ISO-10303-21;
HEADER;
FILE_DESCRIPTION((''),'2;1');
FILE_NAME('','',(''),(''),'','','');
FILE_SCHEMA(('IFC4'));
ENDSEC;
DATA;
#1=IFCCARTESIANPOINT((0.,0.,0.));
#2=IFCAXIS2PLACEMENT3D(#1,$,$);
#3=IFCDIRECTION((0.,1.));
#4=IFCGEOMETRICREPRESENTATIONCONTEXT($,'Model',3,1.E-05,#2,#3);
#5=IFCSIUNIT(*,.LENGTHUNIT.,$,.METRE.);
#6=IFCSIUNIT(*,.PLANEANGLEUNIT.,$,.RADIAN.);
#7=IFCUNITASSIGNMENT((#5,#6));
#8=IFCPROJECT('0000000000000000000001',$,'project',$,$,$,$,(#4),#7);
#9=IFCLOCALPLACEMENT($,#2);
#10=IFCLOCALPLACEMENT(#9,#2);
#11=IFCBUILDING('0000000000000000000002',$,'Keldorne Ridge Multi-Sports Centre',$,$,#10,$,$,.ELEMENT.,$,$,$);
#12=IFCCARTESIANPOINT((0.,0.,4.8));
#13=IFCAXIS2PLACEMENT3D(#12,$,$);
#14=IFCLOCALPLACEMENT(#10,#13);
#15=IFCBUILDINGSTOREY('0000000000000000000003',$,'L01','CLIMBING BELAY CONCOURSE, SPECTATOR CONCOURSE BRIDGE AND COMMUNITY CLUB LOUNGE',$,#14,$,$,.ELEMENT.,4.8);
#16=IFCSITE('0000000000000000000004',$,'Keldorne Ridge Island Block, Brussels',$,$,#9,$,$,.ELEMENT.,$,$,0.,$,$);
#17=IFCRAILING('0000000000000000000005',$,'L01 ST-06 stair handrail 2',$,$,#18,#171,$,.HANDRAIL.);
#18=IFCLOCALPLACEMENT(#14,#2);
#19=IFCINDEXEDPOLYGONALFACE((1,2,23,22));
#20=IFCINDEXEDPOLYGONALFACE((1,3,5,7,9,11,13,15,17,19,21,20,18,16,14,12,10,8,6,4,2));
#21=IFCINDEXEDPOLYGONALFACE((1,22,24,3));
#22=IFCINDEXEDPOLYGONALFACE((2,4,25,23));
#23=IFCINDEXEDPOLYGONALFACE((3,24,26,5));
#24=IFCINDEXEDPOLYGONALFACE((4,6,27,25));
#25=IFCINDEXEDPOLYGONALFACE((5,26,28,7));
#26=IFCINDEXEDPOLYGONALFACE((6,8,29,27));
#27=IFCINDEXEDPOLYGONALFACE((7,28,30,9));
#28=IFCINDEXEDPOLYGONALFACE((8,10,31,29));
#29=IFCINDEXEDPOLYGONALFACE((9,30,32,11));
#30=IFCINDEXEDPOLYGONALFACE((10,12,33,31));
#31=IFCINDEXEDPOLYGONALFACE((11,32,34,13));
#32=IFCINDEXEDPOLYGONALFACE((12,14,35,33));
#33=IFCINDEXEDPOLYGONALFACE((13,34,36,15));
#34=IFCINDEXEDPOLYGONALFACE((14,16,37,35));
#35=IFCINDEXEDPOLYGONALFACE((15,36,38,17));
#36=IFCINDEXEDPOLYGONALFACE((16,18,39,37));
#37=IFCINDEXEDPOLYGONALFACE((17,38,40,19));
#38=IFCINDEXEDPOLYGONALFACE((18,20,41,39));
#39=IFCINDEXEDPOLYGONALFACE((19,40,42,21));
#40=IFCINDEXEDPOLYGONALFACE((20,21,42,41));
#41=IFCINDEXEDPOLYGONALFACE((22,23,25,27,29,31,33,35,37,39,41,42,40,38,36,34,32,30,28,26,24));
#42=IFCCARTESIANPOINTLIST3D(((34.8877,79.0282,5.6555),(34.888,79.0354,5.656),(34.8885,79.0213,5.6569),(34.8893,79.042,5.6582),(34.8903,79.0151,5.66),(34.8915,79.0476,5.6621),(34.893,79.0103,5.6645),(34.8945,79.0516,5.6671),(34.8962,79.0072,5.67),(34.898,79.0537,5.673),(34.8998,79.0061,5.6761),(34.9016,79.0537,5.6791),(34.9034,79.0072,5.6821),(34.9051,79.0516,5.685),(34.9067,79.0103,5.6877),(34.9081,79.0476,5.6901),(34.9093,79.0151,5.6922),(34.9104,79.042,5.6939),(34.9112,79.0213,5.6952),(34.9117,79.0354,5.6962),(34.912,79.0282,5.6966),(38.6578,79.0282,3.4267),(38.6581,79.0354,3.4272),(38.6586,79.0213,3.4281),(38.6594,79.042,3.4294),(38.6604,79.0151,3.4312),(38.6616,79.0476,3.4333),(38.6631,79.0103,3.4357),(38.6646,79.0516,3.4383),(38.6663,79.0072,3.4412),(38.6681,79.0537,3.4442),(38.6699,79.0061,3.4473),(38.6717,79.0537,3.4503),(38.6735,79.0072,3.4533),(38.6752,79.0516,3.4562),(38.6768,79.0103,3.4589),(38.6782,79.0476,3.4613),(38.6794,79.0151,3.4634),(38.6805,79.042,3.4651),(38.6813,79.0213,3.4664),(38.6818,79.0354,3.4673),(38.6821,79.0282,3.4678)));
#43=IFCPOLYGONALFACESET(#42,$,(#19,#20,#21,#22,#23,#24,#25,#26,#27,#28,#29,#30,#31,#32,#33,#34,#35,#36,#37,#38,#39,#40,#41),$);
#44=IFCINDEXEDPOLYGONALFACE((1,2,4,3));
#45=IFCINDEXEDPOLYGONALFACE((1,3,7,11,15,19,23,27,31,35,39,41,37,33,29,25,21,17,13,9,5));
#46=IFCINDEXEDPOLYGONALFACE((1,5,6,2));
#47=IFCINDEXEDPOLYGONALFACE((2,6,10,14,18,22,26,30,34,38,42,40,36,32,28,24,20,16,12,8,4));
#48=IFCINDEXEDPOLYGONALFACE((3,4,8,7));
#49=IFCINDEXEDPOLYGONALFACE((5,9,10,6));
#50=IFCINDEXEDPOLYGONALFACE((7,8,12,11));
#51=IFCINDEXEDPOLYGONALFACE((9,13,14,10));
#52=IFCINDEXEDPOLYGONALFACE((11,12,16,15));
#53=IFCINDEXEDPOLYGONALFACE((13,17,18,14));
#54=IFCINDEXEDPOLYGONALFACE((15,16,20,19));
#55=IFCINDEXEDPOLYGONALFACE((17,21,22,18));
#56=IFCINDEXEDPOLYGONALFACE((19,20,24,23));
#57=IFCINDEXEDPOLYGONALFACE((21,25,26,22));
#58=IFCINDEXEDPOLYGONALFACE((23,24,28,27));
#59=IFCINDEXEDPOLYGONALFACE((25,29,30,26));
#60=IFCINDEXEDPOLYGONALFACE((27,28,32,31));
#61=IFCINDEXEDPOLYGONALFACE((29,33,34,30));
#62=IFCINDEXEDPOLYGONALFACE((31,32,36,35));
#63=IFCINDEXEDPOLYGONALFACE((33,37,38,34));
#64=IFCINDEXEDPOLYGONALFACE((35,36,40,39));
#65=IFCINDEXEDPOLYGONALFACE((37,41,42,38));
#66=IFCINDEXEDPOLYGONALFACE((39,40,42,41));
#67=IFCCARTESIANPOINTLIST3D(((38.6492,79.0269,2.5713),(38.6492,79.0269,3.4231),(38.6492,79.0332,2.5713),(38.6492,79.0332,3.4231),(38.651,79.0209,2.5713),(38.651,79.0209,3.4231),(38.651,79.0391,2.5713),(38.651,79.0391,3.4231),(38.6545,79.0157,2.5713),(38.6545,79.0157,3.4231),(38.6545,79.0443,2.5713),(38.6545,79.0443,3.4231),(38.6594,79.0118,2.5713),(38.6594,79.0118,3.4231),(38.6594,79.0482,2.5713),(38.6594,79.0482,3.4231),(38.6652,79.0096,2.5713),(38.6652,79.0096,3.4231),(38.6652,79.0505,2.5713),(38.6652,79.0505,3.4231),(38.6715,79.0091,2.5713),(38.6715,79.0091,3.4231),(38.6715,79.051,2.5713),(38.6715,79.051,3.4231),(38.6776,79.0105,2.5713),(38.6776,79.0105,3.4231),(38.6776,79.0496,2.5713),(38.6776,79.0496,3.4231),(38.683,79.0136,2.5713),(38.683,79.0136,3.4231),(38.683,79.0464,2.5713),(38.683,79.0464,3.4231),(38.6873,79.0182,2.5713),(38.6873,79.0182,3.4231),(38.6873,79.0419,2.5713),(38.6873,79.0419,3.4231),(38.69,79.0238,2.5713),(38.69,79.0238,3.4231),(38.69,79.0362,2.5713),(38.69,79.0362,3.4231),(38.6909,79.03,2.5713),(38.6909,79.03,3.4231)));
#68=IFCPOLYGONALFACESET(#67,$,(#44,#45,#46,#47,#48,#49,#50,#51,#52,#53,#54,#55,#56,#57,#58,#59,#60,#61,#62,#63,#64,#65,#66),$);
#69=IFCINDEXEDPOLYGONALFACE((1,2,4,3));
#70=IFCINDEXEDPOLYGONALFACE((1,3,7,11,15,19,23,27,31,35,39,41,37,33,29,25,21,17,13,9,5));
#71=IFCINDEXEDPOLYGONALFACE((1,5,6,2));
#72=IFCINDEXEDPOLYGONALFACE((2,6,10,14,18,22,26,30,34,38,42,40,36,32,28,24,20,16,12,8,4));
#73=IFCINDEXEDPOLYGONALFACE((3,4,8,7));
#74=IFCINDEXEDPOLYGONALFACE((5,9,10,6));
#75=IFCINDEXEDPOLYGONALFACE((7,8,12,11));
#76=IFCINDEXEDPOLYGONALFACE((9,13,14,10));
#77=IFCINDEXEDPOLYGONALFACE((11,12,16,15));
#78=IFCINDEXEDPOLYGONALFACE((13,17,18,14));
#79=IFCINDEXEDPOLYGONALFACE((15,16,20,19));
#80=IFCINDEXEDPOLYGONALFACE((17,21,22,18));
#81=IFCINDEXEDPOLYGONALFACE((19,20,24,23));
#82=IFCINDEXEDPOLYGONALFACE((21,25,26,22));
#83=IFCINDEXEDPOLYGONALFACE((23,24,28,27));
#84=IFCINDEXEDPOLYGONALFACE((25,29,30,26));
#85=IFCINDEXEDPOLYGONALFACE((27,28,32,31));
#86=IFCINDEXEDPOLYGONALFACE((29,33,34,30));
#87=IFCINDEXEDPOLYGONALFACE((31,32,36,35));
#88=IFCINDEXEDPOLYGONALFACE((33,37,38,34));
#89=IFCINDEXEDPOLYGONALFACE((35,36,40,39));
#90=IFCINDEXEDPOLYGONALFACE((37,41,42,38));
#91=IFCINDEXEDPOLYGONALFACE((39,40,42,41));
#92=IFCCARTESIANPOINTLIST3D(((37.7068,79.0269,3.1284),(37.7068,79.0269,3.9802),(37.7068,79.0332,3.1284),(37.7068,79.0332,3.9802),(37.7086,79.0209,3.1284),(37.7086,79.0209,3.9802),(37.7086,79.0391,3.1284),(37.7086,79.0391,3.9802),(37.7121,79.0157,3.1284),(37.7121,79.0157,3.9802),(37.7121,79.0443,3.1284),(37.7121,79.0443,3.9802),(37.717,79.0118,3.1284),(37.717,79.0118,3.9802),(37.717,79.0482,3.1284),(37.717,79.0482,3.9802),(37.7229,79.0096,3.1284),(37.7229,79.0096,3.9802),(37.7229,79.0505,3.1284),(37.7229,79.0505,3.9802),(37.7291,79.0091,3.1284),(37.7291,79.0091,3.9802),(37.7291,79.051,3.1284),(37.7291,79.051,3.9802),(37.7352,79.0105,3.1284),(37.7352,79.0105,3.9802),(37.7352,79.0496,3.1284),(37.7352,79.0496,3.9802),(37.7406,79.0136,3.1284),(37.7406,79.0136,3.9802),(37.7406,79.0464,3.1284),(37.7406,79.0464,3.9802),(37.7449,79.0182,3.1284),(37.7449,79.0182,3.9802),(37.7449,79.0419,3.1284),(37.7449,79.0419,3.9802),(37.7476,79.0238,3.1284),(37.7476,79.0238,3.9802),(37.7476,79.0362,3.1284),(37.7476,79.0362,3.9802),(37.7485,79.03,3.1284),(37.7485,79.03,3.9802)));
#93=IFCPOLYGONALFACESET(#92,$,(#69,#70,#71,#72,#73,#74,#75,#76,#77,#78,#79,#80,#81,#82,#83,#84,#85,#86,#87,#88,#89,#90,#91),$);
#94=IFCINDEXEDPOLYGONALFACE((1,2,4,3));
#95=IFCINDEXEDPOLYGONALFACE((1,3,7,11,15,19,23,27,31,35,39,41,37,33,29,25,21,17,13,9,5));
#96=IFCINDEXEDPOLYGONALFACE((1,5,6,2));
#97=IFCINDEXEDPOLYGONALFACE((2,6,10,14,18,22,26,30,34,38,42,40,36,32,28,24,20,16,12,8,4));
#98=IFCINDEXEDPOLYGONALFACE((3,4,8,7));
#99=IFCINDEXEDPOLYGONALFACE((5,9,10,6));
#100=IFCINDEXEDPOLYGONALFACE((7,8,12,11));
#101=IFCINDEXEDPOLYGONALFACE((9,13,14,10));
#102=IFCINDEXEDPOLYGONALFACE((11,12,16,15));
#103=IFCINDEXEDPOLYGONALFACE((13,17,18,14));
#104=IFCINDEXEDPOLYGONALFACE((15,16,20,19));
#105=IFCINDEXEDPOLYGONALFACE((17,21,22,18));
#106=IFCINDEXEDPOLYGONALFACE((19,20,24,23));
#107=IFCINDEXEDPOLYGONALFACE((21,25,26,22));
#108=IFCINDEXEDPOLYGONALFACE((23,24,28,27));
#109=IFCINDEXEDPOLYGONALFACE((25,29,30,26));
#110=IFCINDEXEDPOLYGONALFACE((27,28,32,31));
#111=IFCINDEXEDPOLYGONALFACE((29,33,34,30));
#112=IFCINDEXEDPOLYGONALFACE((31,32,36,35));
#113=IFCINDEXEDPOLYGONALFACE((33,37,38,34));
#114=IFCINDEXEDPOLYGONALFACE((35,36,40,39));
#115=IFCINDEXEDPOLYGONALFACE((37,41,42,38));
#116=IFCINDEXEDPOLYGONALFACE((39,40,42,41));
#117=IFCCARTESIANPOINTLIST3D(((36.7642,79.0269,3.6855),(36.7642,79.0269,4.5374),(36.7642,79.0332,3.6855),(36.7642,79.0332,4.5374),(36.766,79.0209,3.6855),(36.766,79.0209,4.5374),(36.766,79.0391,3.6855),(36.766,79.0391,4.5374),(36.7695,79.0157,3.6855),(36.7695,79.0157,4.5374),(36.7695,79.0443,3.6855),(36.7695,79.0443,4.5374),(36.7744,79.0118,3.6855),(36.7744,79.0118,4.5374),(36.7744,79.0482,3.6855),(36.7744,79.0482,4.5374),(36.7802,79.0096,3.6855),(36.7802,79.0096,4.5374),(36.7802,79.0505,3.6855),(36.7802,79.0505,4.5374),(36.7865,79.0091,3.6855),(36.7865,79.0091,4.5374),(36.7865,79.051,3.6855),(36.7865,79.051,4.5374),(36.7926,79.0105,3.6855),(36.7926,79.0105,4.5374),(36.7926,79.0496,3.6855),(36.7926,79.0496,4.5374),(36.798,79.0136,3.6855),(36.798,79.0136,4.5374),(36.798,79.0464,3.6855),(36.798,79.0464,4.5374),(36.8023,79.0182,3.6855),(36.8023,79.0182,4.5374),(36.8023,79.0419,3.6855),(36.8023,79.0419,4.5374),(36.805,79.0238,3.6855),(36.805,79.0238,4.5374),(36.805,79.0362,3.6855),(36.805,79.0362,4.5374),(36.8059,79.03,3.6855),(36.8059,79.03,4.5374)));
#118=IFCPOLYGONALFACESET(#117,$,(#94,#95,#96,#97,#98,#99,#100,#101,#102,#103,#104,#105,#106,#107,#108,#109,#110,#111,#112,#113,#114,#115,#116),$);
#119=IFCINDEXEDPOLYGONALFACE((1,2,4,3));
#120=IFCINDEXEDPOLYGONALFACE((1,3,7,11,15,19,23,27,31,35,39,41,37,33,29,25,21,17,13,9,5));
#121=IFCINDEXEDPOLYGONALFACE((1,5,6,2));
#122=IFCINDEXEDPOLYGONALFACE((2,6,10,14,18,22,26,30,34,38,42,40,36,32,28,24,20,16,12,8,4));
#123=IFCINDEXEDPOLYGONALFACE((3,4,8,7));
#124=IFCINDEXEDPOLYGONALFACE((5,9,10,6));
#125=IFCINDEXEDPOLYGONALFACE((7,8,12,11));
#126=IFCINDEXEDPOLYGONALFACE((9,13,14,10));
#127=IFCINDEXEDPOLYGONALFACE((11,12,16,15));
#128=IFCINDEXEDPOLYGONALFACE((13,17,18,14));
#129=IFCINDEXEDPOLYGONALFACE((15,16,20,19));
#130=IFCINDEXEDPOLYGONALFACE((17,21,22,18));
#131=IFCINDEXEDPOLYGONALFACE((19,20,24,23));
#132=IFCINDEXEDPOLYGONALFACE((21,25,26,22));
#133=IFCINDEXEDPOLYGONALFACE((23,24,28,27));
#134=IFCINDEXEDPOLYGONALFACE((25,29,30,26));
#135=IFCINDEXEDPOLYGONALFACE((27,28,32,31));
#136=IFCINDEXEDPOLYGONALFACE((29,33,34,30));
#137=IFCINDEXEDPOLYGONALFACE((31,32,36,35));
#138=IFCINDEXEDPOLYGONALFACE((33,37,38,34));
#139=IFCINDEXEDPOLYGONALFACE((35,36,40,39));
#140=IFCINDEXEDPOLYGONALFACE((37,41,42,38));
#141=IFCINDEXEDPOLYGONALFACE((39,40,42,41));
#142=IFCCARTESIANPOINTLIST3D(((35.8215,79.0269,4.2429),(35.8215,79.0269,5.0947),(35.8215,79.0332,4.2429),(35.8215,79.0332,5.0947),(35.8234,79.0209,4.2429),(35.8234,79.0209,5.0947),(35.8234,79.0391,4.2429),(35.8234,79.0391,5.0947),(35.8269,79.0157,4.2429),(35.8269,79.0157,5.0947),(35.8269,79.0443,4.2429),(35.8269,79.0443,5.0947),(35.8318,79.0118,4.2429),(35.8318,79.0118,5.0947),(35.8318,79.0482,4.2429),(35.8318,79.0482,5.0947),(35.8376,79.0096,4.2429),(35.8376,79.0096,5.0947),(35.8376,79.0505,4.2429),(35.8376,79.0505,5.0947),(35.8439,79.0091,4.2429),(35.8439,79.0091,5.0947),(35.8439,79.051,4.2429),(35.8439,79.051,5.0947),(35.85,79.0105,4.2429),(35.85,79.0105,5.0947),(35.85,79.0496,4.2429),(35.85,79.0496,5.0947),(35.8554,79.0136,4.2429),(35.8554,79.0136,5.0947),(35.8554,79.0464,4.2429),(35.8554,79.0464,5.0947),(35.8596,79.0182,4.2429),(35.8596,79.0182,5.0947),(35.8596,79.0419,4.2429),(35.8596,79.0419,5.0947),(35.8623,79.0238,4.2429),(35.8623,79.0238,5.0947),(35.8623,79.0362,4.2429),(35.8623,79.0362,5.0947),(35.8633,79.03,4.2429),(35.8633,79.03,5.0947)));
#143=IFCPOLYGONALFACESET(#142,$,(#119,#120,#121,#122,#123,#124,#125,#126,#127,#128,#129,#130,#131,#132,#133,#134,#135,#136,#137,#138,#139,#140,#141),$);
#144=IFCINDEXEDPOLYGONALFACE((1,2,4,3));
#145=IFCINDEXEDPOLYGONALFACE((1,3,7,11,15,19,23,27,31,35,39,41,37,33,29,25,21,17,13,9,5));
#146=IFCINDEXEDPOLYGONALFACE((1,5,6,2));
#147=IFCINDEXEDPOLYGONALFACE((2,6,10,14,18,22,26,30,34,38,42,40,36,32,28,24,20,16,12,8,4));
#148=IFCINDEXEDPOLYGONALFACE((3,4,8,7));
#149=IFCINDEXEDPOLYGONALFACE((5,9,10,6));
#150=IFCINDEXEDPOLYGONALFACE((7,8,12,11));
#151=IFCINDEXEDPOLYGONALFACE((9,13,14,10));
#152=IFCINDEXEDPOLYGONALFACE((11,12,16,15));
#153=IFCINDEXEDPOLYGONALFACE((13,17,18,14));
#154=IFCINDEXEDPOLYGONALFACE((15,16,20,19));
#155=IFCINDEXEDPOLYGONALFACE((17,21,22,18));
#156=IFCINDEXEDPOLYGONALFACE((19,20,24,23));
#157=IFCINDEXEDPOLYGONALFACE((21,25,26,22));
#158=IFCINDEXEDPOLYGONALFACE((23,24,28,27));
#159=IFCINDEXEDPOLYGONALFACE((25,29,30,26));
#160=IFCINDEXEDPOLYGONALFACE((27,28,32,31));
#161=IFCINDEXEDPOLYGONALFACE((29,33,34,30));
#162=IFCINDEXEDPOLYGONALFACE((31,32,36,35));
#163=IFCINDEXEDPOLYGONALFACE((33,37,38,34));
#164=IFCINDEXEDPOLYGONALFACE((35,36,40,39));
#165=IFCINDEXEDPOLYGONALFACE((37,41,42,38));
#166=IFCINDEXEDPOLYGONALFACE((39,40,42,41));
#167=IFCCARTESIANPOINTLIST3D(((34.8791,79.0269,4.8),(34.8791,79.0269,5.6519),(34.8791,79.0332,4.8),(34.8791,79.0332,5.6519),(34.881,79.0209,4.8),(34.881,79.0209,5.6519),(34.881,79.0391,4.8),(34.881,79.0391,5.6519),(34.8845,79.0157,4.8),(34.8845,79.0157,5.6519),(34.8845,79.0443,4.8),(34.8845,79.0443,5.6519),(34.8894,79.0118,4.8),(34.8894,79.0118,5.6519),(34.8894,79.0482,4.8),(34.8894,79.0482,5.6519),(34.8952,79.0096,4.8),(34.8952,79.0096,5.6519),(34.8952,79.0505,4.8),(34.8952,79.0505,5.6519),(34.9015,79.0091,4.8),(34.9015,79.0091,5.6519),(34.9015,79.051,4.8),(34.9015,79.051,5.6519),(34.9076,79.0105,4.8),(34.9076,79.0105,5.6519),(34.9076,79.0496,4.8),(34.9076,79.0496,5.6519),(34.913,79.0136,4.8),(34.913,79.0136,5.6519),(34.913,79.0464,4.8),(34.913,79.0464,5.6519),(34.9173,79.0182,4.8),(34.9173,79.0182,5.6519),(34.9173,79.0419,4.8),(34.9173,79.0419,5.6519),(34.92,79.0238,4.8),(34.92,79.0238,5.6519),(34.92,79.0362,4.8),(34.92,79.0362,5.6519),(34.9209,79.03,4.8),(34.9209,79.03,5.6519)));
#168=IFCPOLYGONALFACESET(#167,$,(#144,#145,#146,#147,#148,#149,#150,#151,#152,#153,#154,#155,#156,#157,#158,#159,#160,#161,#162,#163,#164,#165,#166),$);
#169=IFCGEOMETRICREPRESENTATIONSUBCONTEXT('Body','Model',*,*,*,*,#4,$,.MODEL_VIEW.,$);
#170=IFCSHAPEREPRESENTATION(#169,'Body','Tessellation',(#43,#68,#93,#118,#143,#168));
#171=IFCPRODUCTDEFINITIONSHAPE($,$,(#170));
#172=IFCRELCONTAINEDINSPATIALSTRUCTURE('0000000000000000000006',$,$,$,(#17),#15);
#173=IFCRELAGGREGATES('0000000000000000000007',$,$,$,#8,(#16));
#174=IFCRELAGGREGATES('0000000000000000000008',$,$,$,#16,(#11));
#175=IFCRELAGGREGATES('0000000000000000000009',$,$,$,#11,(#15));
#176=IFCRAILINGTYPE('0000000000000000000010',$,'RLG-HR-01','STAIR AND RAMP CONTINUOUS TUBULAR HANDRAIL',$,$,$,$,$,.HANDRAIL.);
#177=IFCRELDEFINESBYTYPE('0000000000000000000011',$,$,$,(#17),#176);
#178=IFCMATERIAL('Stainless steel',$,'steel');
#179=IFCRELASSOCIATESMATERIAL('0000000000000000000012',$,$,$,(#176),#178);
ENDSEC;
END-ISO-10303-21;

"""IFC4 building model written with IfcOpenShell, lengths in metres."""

from ifc_helpers import new_model, si_unit, direction, frame, origin, origin_2d, place, context, subcontext, project, spatial, circle, extrude, material, type_object, element, save


model = new_model("IFC4")

# Units and contexts
model_context = context("Model", 3, precision=1e-05, world=origin(), true_north=direction((0.0, 1.0)))
body_context = subcontext(model_context, "Body", "Model", "MODEL_VIEW")
ifc_project = project(units=[si_unit("LENGTHUNIT", "METRE"), si_unit("PLANEANGLEUNIT", "RADIAN")], contexts=[model_context])

# Site, building, storey
site_placement = place(None, origin())
site = spatial("IfcSite", under=ifc_project, at=site_placement, Name="Keldorne Ridge Island Block, Brussels", CompositionType="ELEMENT", RefElevation=0.0)
building_placement = place(site_placement, origin())
building = spatial("IfcBuilding", under=site, at=building_placement, Name="Keldorne Ridge Multi-Sports Centre", CompositionType="ELEMENT")
storey_placement = place(building_placement, frame((0.0, 0.0, 4.8)))
storey = spatial("IfcBuildingStorey", under=building, at=storey_placement, Name="L01", Description="CLIMBING BELAY CONCOURSE, SPECTATOR CONCOURSE BRIDGE AND COMMUNITY CLUB LOUNGE", CompositionType="ELEMENT", Elevation=4.8)

# Shared definitions
ifc_material_1 = material(Name="Stainless steel", Category="steel")

# Railing
railing_type_1 = type_object("IfcRailingType", Name="RLG-HR-01", Description="STAIR AND RAMP CONTINUOUS TUBULAR HANDRAIL", PredefinedType="HANDRAIL", material=ifc_material_1)
railing_1_placement = place(storey_placement, frame((38.6699, 79.03, 2.5713)))
element("IfcRailing", 1, at=railing_1_placement, inside=storey, type_object=railing_type_1, Name="L01 ST-06 stair handrail 2", PredefinedType="HANDRAIL", context=body_context, shape_type="SweptSolid", body=[
    extrude(circle(Radius=0.0239, at=origin_2d()), frame((0.0, 0.0, 0.876), z_axis=(-0.860824, 0.0, 0.508902), x_axis=(0.0, -1.0, 0.0)), (0.0, 0.0, 1.0), 4.3796),
    extrude(circle(Radius=0.021, at=origin_2d()), origin(), (0.0, 0.0, 1.0), 0.8518),
    extrude(circle(Radius=0.021, at=origin_2d()), frame((-0.9424, 0.0, 0.5571)), (0.0, 0.0, 1.0), 0.8518),
    extrude(circle(Radius=0.021, at=origin_2d()), frame((-1.885, 0.0, 1.1143)), (0.0, 0.0, 1.0), 0.8518),
    extrude(circle(Radius=0.021, at=origin_2d()), frame((-2.8276, 0.0, 1.6716)), (0.0, 0.0, 1.0), 0.8518),
    extrude(circle(Radius=0.021, at=origin_2d()), frame((-3.77, 0.0, 2.2288)), (0.0, 0.0, 1.0), 0.8518),
])

save(model, "model.ifc")
